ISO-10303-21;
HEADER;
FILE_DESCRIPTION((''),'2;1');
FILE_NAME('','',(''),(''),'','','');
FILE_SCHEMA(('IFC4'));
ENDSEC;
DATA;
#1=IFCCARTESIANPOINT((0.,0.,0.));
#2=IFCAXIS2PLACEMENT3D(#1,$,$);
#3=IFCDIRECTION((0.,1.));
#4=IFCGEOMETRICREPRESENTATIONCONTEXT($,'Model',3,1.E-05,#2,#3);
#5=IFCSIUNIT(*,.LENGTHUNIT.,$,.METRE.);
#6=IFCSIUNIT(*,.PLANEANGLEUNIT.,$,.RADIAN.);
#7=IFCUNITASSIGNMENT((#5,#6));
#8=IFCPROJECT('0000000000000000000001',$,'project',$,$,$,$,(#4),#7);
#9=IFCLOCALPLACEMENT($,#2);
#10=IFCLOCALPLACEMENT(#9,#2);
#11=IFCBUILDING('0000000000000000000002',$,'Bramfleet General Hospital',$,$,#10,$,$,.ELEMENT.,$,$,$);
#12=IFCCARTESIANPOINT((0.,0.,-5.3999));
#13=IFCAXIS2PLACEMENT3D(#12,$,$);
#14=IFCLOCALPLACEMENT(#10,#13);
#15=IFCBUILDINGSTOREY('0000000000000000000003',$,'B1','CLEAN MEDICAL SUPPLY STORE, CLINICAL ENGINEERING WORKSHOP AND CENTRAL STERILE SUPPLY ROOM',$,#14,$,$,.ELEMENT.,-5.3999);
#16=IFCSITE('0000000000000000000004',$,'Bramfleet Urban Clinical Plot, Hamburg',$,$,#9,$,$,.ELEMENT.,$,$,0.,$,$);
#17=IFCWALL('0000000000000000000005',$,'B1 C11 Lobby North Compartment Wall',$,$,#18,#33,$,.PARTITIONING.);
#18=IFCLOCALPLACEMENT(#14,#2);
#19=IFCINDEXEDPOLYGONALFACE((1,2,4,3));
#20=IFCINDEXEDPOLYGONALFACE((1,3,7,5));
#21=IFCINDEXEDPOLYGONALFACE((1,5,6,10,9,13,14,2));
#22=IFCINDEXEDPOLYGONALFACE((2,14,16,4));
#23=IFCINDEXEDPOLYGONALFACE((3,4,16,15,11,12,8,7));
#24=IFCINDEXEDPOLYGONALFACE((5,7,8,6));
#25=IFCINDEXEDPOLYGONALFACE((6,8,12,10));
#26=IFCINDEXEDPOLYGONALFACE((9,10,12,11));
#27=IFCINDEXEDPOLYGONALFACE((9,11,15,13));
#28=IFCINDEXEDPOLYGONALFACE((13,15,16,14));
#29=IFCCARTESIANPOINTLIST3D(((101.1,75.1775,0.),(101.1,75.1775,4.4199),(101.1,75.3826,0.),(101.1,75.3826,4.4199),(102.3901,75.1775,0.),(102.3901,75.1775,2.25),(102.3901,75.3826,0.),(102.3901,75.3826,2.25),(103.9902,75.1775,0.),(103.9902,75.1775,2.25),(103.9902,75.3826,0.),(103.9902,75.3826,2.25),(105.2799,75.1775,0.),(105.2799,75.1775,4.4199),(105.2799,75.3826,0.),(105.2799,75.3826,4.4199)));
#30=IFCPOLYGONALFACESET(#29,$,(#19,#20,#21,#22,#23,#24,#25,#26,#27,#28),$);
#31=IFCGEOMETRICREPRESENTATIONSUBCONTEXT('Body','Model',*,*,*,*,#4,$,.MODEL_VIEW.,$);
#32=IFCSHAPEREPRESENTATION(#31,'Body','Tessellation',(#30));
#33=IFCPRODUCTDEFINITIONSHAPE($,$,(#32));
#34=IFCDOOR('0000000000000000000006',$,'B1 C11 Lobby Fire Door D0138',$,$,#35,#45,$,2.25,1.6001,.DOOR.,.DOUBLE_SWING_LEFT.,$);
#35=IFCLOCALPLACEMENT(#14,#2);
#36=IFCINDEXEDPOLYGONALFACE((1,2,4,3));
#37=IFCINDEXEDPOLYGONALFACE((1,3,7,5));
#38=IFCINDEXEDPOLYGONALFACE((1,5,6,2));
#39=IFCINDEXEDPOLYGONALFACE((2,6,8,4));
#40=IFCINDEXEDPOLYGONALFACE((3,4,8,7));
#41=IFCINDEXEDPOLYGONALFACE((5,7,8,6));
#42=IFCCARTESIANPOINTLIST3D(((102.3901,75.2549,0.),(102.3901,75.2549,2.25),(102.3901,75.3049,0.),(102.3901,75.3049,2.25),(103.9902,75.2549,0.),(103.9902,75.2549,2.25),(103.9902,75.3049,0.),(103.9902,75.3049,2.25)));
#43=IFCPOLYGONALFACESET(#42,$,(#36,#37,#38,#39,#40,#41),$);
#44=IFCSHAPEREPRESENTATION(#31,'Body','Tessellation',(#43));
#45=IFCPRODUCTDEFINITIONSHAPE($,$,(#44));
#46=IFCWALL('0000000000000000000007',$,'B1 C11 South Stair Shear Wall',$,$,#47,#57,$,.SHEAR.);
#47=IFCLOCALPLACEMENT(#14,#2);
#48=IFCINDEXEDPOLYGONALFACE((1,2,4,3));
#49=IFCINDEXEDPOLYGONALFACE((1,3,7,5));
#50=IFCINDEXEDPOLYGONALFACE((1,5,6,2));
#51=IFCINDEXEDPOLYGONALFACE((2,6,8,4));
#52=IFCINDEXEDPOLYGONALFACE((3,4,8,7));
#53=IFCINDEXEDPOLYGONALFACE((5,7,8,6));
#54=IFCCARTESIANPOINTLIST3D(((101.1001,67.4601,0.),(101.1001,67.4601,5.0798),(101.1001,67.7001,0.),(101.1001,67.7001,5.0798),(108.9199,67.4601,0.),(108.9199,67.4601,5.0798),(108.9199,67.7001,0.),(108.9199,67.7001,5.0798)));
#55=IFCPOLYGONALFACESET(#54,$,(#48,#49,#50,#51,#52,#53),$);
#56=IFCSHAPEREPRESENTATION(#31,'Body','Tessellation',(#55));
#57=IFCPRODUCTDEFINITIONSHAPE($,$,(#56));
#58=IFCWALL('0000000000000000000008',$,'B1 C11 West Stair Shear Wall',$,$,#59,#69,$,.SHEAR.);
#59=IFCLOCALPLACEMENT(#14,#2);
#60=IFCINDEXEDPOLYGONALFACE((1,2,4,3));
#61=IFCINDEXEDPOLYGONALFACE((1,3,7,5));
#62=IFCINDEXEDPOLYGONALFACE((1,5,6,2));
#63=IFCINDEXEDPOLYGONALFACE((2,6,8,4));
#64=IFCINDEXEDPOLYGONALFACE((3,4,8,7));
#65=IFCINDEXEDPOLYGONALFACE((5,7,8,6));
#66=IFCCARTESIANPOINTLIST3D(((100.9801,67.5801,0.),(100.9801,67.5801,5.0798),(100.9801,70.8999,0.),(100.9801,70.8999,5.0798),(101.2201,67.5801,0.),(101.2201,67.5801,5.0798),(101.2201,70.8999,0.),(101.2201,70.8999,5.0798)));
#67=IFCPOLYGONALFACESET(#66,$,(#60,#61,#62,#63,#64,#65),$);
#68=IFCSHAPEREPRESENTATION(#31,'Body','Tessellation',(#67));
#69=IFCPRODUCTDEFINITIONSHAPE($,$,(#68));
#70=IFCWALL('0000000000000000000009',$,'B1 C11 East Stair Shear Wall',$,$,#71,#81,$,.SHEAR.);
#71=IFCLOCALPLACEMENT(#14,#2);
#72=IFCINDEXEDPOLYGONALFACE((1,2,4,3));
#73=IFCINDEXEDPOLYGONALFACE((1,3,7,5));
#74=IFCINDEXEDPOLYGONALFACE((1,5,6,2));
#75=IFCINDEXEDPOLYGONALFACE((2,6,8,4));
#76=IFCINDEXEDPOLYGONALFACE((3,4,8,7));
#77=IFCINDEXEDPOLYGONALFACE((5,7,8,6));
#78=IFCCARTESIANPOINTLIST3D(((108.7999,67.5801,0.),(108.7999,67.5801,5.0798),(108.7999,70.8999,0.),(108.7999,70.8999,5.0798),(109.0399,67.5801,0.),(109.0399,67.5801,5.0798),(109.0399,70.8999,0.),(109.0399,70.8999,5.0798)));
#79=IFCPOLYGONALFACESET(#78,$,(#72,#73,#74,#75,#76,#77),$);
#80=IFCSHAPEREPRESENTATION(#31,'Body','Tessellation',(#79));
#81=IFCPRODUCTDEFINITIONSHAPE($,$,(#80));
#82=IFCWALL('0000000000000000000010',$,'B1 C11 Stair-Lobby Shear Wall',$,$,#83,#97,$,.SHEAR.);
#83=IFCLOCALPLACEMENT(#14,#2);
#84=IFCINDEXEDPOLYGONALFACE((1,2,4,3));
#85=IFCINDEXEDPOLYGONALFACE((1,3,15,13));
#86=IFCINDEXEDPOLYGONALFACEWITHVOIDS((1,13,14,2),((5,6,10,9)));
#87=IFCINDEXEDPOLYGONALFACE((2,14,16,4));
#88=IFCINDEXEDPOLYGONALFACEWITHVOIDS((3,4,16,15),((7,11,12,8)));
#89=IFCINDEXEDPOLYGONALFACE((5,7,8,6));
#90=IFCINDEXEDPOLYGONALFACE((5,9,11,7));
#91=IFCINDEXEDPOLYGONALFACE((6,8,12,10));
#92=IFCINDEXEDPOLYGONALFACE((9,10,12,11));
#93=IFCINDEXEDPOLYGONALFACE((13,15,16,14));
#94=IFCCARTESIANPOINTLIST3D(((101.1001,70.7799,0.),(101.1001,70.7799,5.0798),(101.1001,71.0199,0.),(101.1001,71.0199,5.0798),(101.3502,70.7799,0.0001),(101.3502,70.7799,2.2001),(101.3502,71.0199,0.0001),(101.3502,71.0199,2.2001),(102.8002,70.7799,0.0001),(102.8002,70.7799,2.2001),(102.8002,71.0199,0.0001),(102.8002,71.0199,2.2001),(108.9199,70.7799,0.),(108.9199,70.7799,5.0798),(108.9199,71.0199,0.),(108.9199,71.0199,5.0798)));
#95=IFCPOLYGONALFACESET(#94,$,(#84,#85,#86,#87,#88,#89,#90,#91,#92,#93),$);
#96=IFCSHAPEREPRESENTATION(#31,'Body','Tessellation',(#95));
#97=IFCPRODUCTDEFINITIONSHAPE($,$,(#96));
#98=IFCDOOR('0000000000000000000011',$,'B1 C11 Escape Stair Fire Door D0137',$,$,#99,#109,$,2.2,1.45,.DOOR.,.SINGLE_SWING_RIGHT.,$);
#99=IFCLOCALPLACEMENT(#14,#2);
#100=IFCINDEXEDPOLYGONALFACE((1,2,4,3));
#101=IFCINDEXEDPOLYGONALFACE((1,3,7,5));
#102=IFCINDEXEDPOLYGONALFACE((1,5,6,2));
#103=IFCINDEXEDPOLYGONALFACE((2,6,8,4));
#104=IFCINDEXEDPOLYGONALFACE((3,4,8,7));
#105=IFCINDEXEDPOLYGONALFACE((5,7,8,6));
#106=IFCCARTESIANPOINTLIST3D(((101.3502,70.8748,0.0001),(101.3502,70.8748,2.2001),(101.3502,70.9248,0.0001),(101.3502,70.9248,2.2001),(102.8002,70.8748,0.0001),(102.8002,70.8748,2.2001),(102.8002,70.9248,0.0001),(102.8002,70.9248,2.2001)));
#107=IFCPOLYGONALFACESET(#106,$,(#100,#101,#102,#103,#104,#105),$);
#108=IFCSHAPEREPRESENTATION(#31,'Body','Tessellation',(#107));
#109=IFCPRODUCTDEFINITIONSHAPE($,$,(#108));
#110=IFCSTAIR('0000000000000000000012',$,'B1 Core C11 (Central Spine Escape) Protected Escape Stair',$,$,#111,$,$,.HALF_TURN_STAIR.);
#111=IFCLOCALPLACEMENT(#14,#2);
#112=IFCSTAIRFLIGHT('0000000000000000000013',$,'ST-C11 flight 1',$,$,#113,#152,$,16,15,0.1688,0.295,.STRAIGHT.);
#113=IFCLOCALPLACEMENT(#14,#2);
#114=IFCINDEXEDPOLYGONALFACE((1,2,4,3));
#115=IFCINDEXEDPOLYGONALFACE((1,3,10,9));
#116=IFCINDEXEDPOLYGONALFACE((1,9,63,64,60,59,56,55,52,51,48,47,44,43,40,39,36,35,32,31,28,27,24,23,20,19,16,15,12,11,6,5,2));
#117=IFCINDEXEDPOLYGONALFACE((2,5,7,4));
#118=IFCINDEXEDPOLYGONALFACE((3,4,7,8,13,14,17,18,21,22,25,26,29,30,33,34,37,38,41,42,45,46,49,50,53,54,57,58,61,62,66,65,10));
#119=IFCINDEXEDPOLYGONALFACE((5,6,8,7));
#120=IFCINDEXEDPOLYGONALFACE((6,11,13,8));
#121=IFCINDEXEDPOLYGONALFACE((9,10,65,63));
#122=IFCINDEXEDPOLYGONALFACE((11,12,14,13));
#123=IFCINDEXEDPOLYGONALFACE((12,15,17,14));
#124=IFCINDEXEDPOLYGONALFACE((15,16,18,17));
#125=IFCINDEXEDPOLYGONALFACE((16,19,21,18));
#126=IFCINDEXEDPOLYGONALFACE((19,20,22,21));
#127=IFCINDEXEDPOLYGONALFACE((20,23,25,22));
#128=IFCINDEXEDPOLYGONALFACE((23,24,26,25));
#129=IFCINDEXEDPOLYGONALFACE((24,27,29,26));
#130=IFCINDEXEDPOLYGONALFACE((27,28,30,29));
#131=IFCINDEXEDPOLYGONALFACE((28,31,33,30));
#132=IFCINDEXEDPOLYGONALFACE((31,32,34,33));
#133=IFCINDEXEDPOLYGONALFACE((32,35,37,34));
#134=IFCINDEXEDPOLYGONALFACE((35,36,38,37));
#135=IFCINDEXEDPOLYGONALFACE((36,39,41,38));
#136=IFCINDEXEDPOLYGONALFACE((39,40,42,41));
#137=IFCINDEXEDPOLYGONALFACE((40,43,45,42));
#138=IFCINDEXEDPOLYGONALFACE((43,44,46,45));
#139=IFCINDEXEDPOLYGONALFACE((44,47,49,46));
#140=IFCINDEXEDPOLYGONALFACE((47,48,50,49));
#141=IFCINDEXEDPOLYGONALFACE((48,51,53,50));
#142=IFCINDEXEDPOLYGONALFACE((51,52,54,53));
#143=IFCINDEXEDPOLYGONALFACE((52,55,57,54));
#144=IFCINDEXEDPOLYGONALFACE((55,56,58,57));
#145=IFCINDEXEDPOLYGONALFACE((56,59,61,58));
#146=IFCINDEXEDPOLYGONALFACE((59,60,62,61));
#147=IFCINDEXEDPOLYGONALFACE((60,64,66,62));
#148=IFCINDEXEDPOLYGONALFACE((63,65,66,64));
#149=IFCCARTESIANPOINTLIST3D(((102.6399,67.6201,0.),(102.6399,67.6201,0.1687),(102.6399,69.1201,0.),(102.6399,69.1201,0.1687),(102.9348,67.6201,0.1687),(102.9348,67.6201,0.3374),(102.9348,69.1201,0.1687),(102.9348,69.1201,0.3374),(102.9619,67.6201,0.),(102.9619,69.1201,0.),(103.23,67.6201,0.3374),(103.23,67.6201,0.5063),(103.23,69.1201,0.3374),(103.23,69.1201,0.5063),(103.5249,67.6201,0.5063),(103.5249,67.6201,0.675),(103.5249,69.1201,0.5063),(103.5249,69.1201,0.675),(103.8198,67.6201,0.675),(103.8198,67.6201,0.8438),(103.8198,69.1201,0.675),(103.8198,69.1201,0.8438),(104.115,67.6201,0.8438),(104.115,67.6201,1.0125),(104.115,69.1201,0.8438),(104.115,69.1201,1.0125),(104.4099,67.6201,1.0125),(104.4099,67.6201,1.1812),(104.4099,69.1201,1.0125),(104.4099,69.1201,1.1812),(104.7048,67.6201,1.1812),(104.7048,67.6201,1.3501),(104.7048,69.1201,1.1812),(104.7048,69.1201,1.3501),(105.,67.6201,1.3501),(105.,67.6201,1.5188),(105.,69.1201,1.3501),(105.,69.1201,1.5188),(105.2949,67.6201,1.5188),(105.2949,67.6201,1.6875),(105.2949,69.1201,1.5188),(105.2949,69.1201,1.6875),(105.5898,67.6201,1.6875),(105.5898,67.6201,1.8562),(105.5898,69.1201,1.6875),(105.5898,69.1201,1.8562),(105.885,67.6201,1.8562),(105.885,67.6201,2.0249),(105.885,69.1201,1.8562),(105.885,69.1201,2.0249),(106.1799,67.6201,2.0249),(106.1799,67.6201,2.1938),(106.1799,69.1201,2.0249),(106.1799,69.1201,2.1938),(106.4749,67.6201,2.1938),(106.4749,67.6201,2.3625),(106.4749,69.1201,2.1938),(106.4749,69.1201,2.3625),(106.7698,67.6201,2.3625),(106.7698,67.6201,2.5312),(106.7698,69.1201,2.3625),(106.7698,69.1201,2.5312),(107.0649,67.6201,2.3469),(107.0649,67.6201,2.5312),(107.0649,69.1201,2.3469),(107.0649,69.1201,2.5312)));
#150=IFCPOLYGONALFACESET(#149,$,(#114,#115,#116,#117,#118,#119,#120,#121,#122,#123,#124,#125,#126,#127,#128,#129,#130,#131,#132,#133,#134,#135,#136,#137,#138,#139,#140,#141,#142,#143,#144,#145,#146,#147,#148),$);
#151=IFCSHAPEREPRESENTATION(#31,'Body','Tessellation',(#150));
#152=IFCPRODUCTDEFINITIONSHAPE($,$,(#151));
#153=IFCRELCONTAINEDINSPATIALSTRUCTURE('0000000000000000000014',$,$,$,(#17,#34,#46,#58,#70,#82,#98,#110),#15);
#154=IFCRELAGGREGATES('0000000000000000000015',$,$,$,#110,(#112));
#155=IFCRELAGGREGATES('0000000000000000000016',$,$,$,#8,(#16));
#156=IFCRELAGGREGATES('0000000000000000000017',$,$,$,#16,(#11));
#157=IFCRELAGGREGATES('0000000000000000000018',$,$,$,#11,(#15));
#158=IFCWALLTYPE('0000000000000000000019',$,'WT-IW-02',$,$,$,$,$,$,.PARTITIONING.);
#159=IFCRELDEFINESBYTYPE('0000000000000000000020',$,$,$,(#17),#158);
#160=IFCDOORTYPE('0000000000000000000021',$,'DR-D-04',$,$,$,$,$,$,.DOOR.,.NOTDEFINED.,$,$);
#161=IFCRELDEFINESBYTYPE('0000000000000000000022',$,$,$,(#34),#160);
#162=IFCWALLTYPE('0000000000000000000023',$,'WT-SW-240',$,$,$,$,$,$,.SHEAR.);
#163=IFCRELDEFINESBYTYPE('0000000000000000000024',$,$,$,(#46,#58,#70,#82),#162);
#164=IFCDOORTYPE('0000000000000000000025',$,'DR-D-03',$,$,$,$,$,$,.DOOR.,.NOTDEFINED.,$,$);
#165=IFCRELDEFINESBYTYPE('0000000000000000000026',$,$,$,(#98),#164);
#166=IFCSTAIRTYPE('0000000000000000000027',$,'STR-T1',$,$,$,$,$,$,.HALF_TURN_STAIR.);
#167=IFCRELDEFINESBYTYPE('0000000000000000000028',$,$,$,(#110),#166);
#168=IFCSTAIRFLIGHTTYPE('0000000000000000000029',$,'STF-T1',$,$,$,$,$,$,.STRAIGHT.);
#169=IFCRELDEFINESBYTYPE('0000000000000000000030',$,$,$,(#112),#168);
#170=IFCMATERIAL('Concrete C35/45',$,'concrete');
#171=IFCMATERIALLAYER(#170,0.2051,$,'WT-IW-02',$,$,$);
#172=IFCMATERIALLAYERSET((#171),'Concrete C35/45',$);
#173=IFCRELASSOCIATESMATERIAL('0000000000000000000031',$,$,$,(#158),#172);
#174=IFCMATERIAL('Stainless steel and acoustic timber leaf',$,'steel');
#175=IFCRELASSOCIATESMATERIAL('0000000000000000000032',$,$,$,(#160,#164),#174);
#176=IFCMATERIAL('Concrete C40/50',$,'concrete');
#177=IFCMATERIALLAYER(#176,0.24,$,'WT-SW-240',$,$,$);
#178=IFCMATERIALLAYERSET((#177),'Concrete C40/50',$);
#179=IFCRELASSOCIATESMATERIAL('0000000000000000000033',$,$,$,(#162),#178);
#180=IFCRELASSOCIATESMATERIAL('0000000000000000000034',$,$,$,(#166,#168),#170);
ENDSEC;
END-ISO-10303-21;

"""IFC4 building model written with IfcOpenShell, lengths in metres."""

from ifc_helpers import new_model, si_unit, direction, frame, frame_2d, origin, place, context, subcontext, project, spatial, polyline, rectangle, outline, extrude, material, layer, layer_set, type_object, element, fill, aggregate, save


model = new_model("IFC4")

# Units and contexts
model_context = context("Model", 3, precision=1e-05, world=origin(), true_north=direction((0.0, 1.0)))
body_context = subcontext(model_context, "Body", "Model", "MODEL_VIEW")
ifc_project = project(units=[si_unit("LENGTHUNIT", "METRE"), si_unit("PLANEANGLEUNIT", "RADIAN")], contexts=[model_context])

# Site, building, storey
site_placement = place(None, origin())
site = spatial("IfcSite", under=ifc_project, at=site_placement, Name="Bramfleet Urban Clinical Plot, Hamburg", CompositionType="ELEMENT", RefElevation=0.0)
building_placement = place(site_placement, origin())
building = spatial("IfcBuilding", under=site, at=building_placement, Name="Bramfleet General Hospital", CompositionType="ELEMENT")
storey_placement = place(building_placement, frame((0.0, 0.0, -5.3999)))
storey = spatial("IfcBuildingStorey", under=building, at=storey_placement, Name="B1", Description="CLEAN MEDICAL SUPPLY STORE, CLINICAL ENGINEERING WORKSHOP AND CENTRAL STERILE SUPPLY ROOM", CompositionType="ELEMENT", Elevation=-5.3999)

# Shared definitions
ifc_material_1 = material(Name="Concrete C35/45", Category="concrete")

# Shared definitions
ifc_material_2 = material(Name="Concrete C40/50", Category="concrete")

# Shared definitions
ifc_layer_1 = layer(ifc_material_1, 0.2051, Name="WT-IW-02")
ifc_layer_set_1 = layer_set([ifc_layer_1], Name="Concrete C35/45")
wall_type_1 = type_object("IfcWallType", Name="WT-IW-02", PredefinedType="PARTITIONING", material=ifc_layer_set_1)

# Wall, opening, door
wall_1_placement = place(storey_placement, frame((101.1001, 75.28, 0.0), z_axis=(0.0, 0.0, 1.0), x_axis=(1.0, 0.0, 0.0)))
wall_1 = element("IfcWall", 1, at=wall_1_placement, inside=storey, type_object=wall_type_1, Name="B1 C11 Lobby North Compartment Wall", PredefinedType="PARTITIONING", context=body_context, shape_type="SweptSolid", body=[
    extrude(rectangle(XDim=4.1799, YDim=0.2051, at=frame_2d((2.0898, 0.0))), origin(), (0.0, 0.0, 1.0), 4.4199),
])
opening_1_placement = place(wall_1_placement, frame((1.29, 0.0, 0.0)))
opening_1 = element("IfcOpeningElement", 2, at=opening_1_placement, cuts=wall_1, PredefinedType="OPENING", context=body_context, shape_type="SweptSolid", body=[
    extrude(rectangle(XDim=1.6001, YDim=2.25, at=frame_2d((0.8, 1.125))), frame((0.0, 0.1125, 0.0), z_axis=(0.0, -1.0, 0.0), x_axis=(1.0, 0.0, 0.0)), (0.0, 0.0, 1.0), 0.2251),
])
ifc_material_3 = material(Name="Stainless steel and acoustic timber leaf", Category="steel")
door_type_1 = type_object("IfcDoorType", Name="DR-D-04", OperationType="NOTDEFINED", PredefinedType="DOOR", material=ifc_material_3)
door_1_placement = place(opening_1_placement, origin())
door_1 = element("IfcDoor", 3, at=door_1_placement, inside=storey, type_object=door_type_1, Name="B1 C11 Lobby Fire Door D0138", OperationType="DOUBLE_SWING_LEFT", OverallHeight=2.25, OverallWidth=1.6001, PredefinedType="DOOR", context=body_context, shape_type="SweptSolid", body=[
    extrude(rectangle(XDim=1.6001, YDim=2.25, at=frame_2d((0.8, 1.125))), frame((0.0, 0.0249, 0.0), z_axis=(0.0, -1.0, 0.0), x_axis=(1.0, 0.0, 0.0)), (0.0, 0.0, 1.0), 0.05),
])
fill(opening_1, door_1)

# Walls
ifc_layer_2 = layer(ifc_material_2, 0.24, Name="WT-SW-240")
ifc_layer_set_2 = layer_set([ifc_layer_2], Name="Concrete C40/50")
wall_type_2 = type_object("IfcWallType", Name="WT-SW-240", PredefinedType="SHEAR", material=ifc_layer_set_2)
wall_2_placement = place(storey_placement, frame((101.1001, 67.5801, 0.0), z_axis=(0.0, 0.0, 1.0), x_axis=(1.0, 0.0, 0.0)))
element("IfcWall", 4, at=wall_2_placement, inside=storey, type_object=wall_type_2, Name="B1 C11 South Stair Shear Wall", PredefinedType="SHEAR", context=body_context, shape_type="SweptSolid", body=[
    extrude(rectangle(XDim=7.8198, YDim=0.24, at=frame_2d((3.9099, 0.0))), origin(), (0.0, 0.0, 1.0), 5.0798),
])
for number, where, z_axis, x_axis, name in (
    (5, (101.1001, 67.5801, 0.0), (0.0, 0.0, 1.0), (0.0, 1.0, 0.0), "B1 C11 West Stair Shear Wall"),
    (6, (108.9199, 67.5801, 0.0), (0.0, 0.0, 1.0), (0.0, 1.0, 0.0), "B1 C11 East Stair Shear Wall"),
):
    element("IfcWall", number, at=place(storey_placement, frame(where, z_axis=z_axis, x_axis=x_axis)), inside=storey, type_object=wall_type_2, Name=name, PredefinedType="SHEAR", context=body_context, shape_type="SweptSolid", body=[
        extrude(rectangle(XDim=3.3198, YDim=0.24, at=frame_2d((1.6599, 0.0))), origin(), (0.0, 0.0, 1.0), 5.0798),
    ])

# Wall, opening, door
wall_3_placement = place(storey_placement, frame((101.1001, 70.8999, 0.0), z_axis=(0.0, 0.0, 1.0), x_axis=(1.0, 0.0, 0.0)))
wall_3 = element("IfcWall", 7, at=wall_3_placement, inside=storey, type_object=wall_type_2, Name="B1 C11 Stair-Lobby Shear Wall", PredefinedType="SHEAR", context=body_context, shape_type="SweptSolid", body=[
    extrude(rectangle(XDim=7.8198, YDim=0.24, at=frame_2d((3.9099, 0.0))), origin(), (0.0, 0.0, 1.0), 5.0798),
])
opening_2_placement = place(wall_3_placement, frame((0.25, 0.0, 0.0)))
opening_2 = element("IfcOpeningElement", 8, at=opening_2_placement, cuts=wall_3, PredefinedType="OPENING", context=body_context, shape_type="SweptSolid", body=[
    extrude(rectangle(XDim=1.45, YDim=2.2, at=frame_2d((0.7251, 1.1001))), frame((0.0, 0.1299, 0.0), z_axis=(0.0, -1.0, 0.0), x_axis=(1.0, 0.0, 0.0)), (0.0, 0.0, 1.0), 0.26),
])
door_type_2 = type_object("IfcDoorType", Name="DR-D-03", OperationType="NOTDEFINED", PredefinedType="DOOR", material=ifc_material_3)
door_2_placement = place(opening_2_placement, origin())
door_2 = element("IfcDoor", 9, at=door_2_placement, inside=storey, type_object=door_type_2, Name="B1 C11 Escape Stair Fire Door D0137", OperationType="SINGLE_SWING_RIGHT", OverallHeight=2.2, OverallWidth=1.45, PredefinedType="DOOR", context=body_context, shape_type="SweptSolid", body=[
    extrude(rectangle(XDim=1.45, YDim=2.2, at=frame_2d((0.7251, 1.1001))), frame((0.0, 0.0249, 0.0), z_axis=(0.0, -1.0, 0.0), x_axis=(1.0, 0.0, 0.0)), (0.0, 0.0, 1.0), 0.05),
])
fill(opening_2, door_2)

# Stair, stair flight
stair_type = type_object("IfcStairType", Name="STR-T1", PredefinedType="HALF_TURN_STAIR", material=ifc_material_1)
stair_placement = place(storey_placement, origin())
stair = element("IfcStair", 10, at=stair_placement, inside=storey, type_object=stair_type, Name="B1 Core C11 (Central Spine Escape) Protected Escape Stair", PredefinedType="HALF_TURN_STAIR")
stair_flight_type = type_object("IfcStairFlightType", Name="STF-T1", PredefinedType="STRAIGHT", material=ifc_material_1)
stair_flight_1_placement = place(storey_placement, frame((102.6399, 68.3701, 0.0), z_axis=(0.0, 0.0, 1.0), x_axis=(1.0, 0.0, 0.0)))
stair_flight_1 = element("IfcStairFlight", 11, at=stair_flight_1_placement, type_object=stair_flight_type, Name="ST-C11 flight 1", NumberOfRisers=16, NumberOfTreads=15, PredefinedType="STRAIGHT", RiserHeight=0.1688, TreadLength=0.295, context=body_context, shape_type="SweptSolid", body=[
    extrude(outline(polyline([(0.0, 0.0), (0.0, 0.1687), (0.2949, 0.1687), (0.2949, 0.3374), (0.5901, 0.3374), (0.5901, 0.5063), (0.885, 0.5063), (0.885, 0.675), (1.1799, 0.675), (1.1799, 0.8438), (1.4751, 0.8438), (1.4751, 1.0125), (1.77, 1.0125), (1.77, 1.1812), (2.0649, 1.1812), (2.0649, 1.3501), (2.3601, 1.3501), (2.3601, 1.5188), (2.655, 1.5188), (2.655, 1.6875), (2.95, 1.6875), (2.95, 1.8562), (3.2451, 1.8562), (3.2451, 2.0249), (3.54, 2.0249), (3.54, 2.1938), (3.835, 2.1938), (3.835, 2.3625), (4.1299, 2.3625), (4.1299, 2.5312), (4.425, 2.5312), (4.425, 2.7), (4.425, 2.3469), (0.322, 0.0), (0.0, 0.0)])), frame((0.0, 0.75, 0.0), z_axis=(0.0, -1.0, 0.0), x_axis=(1.0, 0.0, 0.0)), (0.0, 0.0, 1.0), 1.5),
])
aggregate(stair, [stair_flight_1])

save(model, "model.ifc")
